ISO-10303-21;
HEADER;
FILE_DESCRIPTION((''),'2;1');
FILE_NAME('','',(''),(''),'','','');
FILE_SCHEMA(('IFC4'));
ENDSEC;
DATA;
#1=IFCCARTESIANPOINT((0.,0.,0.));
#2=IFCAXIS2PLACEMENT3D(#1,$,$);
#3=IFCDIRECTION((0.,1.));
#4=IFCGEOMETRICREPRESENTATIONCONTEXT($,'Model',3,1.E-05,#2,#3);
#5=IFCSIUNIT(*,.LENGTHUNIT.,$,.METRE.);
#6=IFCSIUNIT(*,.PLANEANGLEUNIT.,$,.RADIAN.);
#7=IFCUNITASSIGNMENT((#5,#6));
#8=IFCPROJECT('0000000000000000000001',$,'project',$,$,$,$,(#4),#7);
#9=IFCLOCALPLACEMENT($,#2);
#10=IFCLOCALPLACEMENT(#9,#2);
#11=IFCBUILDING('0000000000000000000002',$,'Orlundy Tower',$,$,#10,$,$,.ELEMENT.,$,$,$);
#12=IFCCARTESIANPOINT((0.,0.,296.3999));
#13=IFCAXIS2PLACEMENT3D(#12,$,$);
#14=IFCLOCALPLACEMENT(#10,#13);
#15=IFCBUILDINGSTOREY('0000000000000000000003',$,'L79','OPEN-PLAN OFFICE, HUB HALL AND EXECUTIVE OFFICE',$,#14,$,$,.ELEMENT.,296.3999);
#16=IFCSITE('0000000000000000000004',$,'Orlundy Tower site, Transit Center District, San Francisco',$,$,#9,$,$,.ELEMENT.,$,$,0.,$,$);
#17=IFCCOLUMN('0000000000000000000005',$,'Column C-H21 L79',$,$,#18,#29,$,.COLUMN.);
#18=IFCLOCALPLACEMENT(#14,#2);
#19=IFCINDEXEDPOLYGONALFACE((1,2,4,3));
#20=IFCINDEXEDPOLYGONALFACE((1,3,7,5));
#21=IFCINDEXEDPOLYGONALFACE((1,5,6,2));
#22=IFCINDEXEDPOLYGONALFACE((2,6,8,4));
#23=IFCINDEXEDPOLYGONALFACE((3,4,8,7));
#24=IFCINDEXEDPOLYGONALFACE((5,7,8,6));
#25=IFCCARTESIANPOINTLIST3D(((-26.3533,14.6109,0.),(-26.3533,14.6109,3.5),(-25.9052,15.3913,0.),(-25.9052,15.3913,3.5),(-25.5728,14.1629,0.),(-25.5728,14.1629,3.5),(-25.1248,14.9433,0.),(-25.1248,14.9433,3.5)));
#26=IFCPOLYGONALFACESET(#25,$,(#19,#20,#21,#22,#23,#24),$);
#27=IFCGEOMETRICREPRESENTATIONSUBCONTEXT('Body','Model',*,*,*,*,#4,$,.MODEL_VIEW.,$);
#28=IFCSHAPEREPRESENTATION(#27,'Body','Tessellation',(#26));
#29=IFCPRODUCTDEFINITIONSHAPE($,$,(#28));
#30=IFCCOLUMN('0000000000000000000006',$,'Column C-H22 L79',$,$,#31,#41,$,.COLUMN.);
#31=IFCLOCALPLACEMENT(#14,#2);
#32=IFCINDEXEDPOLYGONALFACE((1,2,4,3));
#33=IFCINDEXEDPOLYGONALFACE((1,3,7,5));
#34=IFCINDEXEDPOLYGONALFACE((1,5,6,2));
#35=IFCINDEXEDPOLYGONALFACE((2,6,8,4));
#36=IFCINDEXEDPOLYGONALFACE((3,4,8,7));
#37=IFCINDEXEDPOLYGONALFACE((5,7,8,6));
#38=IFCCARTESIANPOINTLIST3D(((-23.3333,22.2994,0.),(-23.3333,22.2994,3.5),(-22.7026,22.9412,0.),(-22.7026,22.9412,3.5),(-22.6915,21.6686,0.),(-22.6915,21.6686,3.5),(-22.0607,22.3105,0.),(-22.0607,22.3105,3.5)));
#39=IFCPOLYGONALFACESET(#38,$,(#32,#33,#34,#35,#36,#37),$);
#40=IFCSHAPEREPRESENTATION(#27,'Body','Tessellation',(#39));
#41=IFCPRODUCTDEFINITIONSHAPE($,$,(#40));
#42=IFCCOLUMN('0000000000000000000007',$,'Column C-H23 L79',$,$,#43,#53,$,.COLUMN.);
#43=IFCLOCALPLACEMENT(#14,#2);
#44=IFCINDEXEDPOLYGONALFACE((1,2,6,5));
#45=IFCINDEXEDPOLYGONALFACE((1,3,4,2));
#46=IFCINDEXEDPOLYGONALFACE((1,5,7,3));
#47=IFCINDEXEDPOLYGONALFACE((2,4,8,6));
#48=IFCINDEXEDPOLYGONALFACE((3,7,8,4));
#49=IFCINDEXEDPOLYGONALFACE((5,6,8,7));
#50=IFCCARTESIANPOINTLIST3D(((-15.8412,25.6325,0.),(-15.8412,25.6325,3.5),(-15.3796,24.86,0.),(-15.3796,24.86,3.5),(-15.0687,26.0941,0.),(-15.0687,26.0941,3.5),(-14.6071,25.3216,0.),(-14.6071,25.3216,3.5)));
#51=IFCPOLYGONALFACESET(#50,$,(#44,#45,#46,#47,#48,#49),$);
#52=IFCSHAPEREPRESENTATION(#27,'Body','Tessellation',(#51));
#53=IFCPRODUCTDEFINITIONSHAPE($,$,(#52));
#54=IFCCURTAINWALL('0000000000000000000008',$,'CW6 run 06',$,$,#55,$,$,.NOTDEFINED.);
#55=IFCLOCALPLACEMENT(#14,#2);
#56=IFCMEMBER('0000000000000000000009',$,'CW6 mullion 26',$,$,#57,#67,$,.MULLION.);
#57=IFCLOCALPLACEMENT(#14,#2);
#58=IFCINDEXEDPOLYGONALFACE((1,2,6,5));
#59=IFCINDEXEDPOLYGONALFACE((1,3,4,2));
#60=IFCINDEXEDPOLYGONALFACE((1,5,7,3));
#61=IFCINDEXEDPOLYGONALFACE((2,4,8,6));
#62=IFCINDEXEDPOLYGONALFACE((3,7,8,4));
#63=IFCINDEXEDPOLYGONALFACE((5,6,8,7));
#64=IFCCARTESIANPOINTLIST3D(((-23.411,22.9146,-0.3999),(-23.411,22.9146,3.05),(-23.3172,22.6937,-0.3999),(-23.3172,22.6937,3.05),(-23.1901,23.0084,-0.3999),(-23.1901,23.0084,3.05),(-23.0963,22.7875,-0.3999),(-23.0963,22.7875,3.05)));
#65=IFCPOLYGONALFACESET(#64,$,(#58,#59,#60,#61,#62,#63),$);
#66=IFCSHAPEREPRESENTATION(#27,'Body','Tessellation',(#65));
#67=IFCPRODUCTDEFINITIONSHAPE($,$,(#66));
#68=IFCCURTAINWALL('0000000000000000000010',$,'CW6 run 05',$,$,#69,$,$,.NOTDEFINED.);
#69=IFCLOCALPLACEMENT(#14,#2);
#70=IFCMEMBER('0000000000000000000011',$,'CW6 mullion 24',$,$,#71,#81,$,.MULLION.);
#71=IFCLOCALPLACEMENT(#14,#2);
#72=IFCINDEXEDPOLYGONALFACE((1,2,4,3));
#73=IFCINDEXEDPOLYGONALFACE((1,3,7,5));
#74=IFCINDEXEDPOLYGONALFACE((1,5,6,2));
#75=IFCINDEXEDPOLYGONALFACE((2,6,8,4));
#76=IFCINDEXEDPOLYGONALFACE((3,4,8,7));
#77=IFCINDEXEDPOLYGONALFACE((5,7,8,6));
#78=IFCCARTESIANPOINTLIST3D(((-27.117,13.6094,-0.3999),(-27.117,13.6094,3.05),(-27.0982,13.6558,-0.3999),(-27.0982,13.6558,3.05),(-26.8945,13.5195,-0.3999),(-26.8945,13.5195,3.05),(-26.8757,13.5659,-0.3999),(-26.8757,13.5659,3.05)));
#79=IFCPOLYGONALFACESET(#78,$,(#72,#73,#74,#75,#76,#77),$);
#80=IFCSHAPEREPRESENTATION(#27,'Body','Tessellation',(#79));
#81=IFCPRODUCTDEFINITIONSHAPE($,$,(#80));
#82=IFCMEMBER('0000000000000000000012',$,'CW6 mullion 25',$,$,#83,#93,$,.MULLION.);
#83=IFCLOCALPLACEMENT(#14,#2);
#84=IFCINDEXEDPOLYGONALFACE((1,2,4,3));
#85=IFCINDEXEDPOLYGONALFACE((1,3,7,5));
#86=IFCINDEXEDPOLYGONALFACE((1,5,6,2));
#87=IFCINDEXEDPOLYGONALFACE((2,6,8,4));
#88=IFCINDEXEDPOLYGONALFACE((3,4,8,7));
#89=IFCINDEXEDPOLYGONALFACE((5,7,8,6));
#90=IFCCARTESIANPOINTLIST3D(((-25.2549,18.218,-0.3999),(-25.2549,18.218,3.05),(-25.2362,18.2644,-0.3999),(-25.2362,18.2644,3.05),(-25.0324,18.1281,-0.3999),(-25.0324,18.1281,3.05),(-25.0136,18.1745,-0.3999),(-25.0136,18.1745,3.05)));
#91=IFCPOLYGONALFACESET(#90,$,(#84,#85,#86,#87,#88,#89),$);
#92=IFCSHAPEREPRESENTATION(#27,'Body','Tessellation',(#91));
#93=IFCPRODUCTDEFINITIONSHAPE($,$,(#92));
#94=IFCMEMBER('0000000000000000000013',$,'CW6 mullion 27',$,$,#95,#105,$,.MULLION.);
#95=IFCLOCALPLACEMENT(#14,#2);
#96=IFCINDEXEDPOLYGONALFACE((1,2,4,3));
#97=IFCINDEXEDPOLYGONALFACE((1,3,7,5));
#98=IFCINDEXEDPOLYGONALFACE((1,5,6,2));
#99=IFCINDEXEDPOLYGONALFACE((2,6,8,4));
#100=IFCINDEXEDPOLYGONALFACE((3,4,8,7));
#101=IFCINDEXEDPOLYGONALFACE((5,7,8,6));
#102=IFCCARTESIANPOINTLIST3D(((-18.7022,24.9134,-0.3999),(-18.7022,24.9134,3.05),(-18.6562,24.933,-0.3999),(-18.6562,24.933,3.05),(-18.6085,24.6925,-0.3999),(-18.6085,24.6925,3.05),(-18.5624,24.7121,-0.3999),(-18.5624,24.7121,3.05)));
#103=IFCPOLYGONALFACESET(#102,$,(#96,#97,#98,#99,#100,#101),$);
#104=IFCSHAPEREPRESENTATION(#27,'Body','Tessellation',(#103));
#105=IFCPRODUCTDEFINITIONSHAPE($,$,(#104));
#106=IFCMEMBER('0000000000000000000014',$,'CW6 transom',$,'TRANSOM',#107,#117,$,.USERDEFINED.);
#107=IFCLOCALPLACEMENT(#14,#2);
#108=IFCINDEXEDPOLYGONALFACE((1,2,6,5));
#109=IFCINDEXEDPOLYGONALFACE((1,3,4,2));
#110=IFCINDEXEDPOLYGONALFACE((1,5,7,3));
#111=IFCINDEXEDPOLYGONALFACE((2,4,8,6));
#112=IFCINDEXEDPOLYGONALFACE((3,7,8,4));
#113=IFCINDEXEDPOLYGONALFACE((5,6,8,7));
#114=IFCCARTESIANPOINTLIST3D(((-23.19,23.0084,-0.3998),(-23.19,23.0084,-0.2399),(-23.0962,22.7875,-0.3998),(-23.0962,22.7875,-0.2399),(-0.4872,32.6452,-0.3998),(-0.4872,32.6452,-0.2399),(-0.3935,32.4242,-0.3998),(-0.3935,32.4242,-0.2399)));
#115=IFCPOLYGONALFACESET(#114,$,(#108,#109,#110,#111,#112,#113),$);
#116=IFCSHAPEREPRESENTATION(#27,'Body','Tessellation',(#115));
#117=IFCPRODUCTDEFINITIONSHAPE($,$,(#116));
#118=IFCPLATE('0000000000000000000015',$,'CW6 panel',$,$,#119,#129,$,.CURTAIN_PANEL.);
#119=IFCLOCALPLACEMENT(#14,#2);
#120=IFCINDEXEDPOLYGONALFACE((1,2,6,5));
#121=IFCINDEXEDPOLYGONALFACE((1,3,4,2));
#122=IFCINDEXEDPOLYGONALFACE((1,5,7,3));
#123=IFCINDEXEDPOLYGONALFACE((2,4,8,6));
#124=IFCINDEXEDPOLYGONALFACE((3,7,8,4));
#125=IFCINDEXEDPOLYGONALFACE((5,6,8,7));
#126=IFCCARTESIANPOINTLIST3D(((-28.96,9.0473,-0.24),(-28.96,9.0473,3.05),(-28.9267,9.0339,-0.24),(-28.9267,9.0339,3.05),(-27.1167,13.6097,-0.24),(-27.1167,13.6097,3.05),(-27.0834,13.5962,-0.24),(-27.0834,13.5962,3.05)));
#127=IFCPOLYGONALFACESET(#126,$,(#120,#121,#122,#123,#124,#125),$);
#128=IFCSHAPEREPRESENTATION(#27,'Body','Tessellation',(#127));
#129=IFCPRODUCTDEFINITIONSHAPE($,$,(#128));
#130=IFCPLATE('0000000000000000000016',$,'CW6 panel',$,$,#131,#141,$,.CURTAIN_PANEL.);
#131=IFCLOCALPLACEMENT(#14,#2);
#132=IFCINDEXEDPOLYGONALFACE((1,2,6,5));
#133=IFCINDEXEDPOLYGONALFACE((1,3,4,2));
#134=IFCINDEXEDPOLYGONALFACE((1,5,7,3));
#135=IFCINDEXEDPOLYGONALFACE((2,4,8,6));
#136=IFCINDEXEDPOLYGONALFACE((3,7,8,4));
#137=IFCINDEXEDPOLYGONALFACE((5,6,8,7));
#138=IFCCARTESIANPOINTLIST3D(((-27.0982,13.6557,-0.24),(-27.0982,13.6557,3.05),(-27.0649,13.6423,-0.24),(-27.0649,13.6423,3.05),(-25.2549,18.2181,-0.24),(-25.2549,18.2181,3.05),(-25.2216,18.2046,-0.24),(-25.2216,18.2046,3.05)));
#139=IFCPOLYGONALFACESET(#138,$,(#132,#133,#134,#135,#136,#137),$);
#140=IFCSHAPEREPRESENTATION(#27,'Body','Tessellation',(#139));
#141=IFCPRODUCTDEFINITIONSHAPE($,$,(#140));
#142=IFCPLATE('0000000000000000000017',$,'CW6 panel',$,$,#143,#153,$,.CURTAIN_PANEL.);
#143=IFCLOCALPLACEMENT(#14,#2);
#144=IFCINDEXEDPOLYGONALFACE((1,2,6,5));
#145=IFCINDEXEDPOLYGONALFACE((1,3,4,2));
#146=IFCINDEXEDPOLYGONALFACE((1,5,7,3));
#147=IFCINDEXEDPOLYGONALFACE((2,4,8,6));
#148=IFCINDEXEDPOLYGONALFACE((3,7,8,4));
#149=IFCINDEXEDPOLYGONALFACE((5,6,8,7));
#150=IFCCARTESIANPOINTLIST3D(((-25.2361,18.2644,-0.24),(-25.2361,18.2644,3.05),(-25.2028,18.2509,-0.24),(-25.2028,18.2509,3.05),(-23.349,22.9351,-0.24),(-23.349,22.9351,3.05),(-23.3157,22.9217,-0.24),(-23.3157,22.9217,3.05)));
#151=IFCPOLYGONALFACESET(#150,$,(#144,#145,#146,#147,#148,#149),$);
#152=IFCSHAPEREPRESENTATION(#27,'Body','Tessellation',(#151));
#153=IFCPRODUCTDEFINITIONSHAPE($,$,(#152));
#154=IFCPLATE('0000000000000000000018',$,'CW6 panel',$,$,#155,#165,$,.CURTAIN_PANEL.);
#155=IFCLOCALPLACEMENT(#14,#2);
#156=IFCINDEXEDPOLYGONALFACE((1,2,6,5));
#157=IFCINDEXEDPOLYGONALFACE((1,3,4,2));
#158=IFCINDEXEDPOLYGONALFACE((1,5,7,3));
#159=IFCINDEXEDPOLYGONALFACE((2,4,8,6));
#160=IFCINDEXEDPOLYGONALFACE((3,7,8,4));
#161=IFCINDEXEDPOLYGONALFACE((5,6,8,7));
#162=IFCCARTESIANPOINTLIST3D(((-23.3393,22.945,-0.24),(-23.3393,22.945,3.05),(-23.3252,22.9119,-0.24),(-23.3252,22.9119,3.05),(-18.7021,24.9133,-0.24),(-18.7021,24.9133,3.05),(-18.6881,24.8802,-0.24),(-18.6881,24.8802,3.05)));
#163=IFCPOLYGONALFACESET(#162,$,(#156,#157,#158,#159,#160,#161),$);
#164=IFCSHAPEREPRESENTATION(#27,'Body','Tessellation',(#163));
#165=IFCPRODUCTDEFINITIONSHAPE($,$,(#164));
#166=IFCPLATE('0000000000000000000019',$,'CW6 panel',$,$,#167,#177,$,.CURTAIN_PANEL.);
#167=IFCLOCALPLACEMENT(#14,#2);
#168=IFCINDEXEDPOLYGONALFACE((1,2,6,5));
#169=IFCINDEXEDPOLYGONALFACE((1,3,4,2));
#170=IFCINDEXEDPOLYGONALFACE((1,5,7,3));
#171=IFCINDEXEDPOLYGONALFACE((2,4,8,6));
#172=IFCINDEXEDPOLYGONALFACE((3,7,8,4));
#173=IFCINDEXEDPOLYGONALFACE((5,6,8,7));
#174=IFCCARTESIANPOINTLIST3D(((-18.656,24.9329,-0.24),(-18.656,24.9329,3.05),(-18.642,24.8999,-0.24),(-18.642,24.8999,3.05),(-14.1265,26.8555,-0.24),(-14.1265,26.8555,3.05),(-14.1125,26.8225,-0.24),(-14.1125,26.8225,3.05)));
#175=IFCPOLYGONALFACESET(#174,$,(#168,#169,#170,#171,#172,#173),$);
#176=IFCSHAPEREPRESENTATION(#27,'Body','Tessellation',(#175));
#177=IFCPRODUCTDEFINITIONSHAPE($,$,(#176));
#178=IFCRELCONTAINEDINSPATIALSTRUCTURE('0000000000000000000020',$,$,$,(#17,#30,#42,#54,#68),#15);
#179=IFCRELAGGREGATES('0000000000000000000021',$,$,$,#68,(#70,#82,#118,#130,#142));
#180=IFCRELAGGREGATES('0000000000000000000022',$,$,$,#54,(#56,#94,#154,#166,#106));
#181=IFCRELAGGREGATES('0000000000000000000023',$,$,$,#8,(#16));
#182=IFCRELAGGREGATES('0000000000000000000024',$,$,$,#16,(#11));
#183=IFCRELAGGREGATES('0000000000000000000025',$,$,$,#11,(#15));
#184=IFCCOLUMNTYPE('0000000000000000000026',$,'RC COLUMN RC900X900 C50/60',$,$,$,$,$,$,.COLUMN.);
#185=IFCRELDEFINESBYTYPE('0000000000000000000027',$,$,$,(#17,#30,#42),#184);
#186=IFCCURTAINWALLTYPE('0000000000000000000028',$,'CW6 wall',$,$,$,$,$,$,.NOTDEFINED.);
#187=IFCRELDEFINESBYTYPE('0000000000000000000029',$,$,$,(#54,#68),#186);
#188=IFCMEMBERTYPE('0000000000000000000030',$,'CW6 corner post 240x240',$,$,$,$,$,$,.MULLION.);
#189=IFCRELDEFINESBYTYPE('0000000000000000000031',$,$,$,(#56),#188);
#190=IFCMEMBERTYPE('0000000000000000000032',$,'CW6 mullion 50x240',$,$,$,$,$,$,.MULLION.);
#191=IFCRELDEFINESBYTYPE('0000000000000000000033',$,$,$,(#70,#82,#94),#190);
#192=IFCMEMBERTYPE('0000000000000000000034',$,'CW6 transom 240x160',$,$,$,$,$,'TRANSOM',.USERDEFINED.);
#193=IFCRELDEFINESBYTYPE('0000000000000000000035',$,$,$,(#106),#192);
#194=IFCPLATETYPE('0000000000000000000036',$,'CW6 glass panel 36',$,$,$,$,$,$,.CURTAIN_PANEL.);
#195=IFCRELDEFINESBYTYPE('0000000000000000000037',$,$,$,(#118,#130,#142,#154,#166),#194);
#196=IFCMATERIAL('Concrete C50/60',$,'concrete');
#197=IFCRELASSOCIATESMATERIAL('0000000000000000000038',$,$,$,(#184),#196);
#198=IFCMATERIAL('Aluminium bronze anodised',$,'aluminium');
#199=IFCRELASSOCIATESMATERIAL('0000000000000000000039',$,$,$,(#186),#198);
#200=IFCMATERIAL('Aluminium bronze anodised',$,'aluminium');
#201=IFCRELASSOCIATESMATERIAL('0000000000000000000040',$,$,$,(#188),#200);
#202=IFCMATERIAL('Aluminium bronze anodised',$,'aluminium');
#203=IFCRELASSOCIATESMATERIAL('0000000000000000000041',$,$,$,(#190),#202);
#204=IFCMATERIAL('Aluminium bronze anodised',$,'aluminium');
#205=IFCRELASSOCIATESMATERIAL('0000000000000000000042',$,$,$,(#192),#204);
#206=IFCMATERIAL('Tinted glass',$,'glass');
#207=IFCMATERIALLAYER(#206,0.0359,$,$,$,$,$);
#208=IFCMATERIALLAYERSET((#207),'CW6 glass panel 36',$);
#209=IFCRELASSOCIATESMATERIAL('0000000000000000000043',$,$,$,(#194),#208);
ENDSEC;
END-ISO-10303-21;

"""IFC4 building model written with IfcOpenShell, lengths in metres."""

from ifc_helpers import new_model, si_unit, direction, frame, origin, origin_2d, place, context, subcontext, project, spatial, rectangle, extrude, material, layer, layer_set, material_profile, profile_set, type_object, element, aggregate, save


model = new_model("IFC4")

# Units and contexts
model_context = context("Model", 3, precision=1e-05, world=origin(), true_north=direction((0.0, 1.0)))
body_context = subcontext(model_context, "Body", "Model", "MODEL_VIEW")
ifc_project = project(units=[si_unit("LENGTHUNIT", "METRE"), si_unit("PLANEANGLEUNIT", "RADIAN")], contexts=[model_context])

# Site, building, storey
site_placement = place(None, origin())
site = spatial("IfcSite", under=ifc_project, at=site_placement, Name="Orlundy Tower site, Transit Center District, San Francisco", CompositionType="ELEMENT", RefElevation=0.0)
building_placement = place(site_placement, origin())
building = spatial("IfcBuilding", under=site, at=building_placement, Name="Orlundy Tower", CompositionType="ELEMENT")
storey_placement = place(building_placement, frame((0.0, 0.0, 296.3999)))
storey = spatial("IfcBuildingStorey", under=building, at=storey_placement, Name="L79", Description="OPEN-PLAN OFFICE, HUB HALL AND EXECUTIVE OFFICE", CompositionType="ELEMENT", Elevation=296.3999)

# Columns
ifc_material_1 = material(Name="Concrete C50/60", Category="concrete")
ifc_material_profile_1 = material_profile(ifc_material_1, rectangle(XDim=0.8999, YDim=0.8999, at=origin_2d()), Name="RC900X900")
ifc_profile_set_1 = profile_set([ifc_material_profile_1], Name="Concrete C50/60")
column_type = type_object("IfcColumnType", Name="RC COLUMN RC900X900 C50/60", PredefinedType="COLUMN", material=ifc_profile_set_1)
for number, where, z_axis, x_axis, name in (
    (1, (-25.739, 14.7771, 0.0), (0.0, 0.0, 1.0), (-0.867236, 0.497898, 0.0), "Column C-H21 L79"),
    (2, (-22.697, 22.3049, 0.0), (0.0, 0.0, 1.0), (-0.713238, 0.700922, 0.0), "Column C-H22 L79"),
    (3, (-15.2241, 25.4771, 0.0), (0.0, 0.0, 1.0), (-0.512957, 0.858414, 0.0), "Column C-H23 L79"),
):
    element("IfcColumn", number, at=place(storey_placement, frame(where, z_axis=z_axis, x_axis=x_axis)), inside=storey, type_object=column_type, Name=name, PredefinedType="COLUMN", context=body_context, shape_type="SweptSolid", body=[
        extrude(rectangle(XDim=0.8999, YDim=0.8999, at=origin_2d()), origin(), (0.0, 0.0, 1.0), 3.5),
    ])

# Curtain wall, member
ifc_material_2 = material(Name="Aluminium bronze anodised", Category="aluminium")
curtain_wall_type = type_object("IfcCurtainWallType", Name="CW6 wall", PredefinedType="NOTDEFINED", material=ifc_material_2)
curtain_wall_1_placement = place(storey_placement, origin())
curtain_wall_1 = element("IfcCurtainWall", 4, at=curtain_wall_1_placement, inside=storey, type_object=curtain_wall_type, Name="CW6 run 06", PredefinedType="NOTDEFINED")
ifc_material_3 = material(Name="Aluminium bronze anodised", Category="aluminium")
ifc_material_profile_2 = material_profile(ifc_material_3, rectangle(XDim=0.24, YDim=0.24, at=origin_2d()), Name="CW6 corner post 240x240")
ifc_profile_set_2 = profile_set([ifc_material_profile_2], Name="Aluminium bronze anodised")
member_type_1 = type_object("IfcMemberType", Name="CW6 corner post 240x240", PredefinedType="MULLION", material=ifc_profile_set_2)
member_1_placement = place(storey_placement, frame((-23.2537, 22.8511, -0.3999), z_axis=(0.0, 0.0, 1.0), x_axis=(-0.390727, 0.920507, 0.0)))
member_1 = element("IfcMember", 5, at=member_1_placement, type_object=member_type_1, Name="CW6 mullion 26", PredefinedType="MULLION", context=body_context, shape_type="SweptSolid", body=[
    extrude(rectangle(XDim=0.24, YDim=0.24, at=origin_2d()), origin(), (0.0, 0.0, 1.0), 3.45),
])

# Curtain wall, members
curtain_wall_2_placement = place(storey_placement, origin())
curtain_wall_2 = element("IfcCurtainWall", 6, at=curtain_wall_2_placement, inside=storey, type_object=curtain_wall_type, Name="CW6 run 05", PredefinedType="NOTDEFINED")
ifc_material_4 = material(Name="Aluminium bronze anodised", Category="aluminium")
ifc_material_profile_3 = material_profile(ifc_material_4, rectangle(XDim=0.24, YDim=0.05, at=origin_2d()), Name="CW6 mullion 50x240")
ifc_profile_set_3 = profile_set([ifc_material_profile_3], Name="Aluminium bronze anodised")
member_type_2 = type_object("IfcMemberType", Name="CW6 mullion 50x240", PredefinedType="MULLION", material=ifc_profile_set_3)
member_2_placement = place(storey_placement, frame((-26.9963, 13.5876, -0.3999), z_axis=(0.0, 0.0, 1.0), x_axis=(-0.927184, 0.374607, 0.0)))
member_2 = element("IfcMember", 7, at=member_2_placement, type_object=member_type_2, Name="CW6 mullion 24", PredefinedType="MULLION", context=body_context, shape_type="SweptSolid", body=[
    extrude(rectangle(XDim=0.24, YDim=0.05, at=origin_2d()), origin(), (0.0, 0.0, 1.0), 3.45),
])
member_3_placement = place(storey_placement, frame((-25.1343, 18.1963, -0.3999), z_axis=(0.0, 0.0, 1.0), x_axis=(-0.927184, 0.374607, 0.0)))
member_3 = element("IfcMember", 8, at=member_3_placement, type_object=member_type_2, Name="CW6 mullion 25", PredefinedType="MULLION", context=body_context, shape_type="SweptSolid", body=[
    extrude(rectangle(XDim=0.24, YDim=0.05, at=origin_2d()), origin(), (0.0, 0.0, 1.0), 3.45),
])

# Members
member_4_placement = place(storey_placement, frame((-18.6323, 24.8127, -0.3999), z_axis=(0.0, 0.0, 1.0), x_axis=(-0.390727, 0.920507, 0.0)))
member_4 = element("IfcMember", 9, at=member_4_placement, type_object=member_type_2, Name="CW6 mullion 27", PredefinedType="MULLION", context=body_context, shape_type="SweptSolid", body=[
    extrude(rectangle(XDim=0.24, YDim=0.05, at=origin_2d()), origin(), (0.0, 0.0, 1.0), 3.45),
])
ifc_material_5 = material(Name="Aluminium bronze anodised", Category="aluminium")
ifc_material_profile_4 = material_profile(ifc_material_5, rectangle(XDim=0.24, YDim=0.1599, at=origin_2d()), Name="CW6 transom 240x160")
ifc_profile_set_4 = profile_set([ifc_material_profile_4], Name="Aluminium bronze anodised")
member_type_3 = type_object("IfcMemberType", Name="CW6 transom 240x160", ElementType="TRANSOM", PredefinedType="USERDEFINED", material=ifc_profile_set_4)
member_5_placement = place(storey_placement, frame((-23.1431, 22.8979, -0.3198), z_axis=(0.920505, 0.390732, 0.0), x_axis=(-0.390732, 0.920505, 0.0)))
member_5 = element("IfcMember", 10, at=member_5_placement, type_object=member_type_3, Name="CW6 transom", ObjectType="TRANSOM", PredefinedType="USERDEFINED", context=body_context, shape_type="SweptSolid", body=[
    extrude(rectangle(XDim=0.24, YDim=0.1599, at=origin_2d()), origin(), (0.0, 0.0, 1.0), 24.6633),
])

# Plates
ifc_material_6 = material(Name="Tinted glass", Category="glass")
ifc_layer_1 = layer(ifc_material_6, 0.0359)
ifc_layer_set_1 = layer_set([ifc_layer_1], Name="CW6 glass panel 36")
plate_type = type_object("IfcPlateType", Name="CW6 glass panel 36", PredefinedType="CURTAIN_PANEL", material=ifc_layer_set_1)
plate_1_placement = place(storey_placement, frame((-28.0217, 11.3218, -0.24), z_axis=(0.0, 0.0, 1.0), x_axis=(0.374607, 0.927184, 0.0)))
plate_1 = element("IfcPlate", 11, at=plate_1_placement, type_object=plate_type, Name="CW6 panel", PredefinedType="CURTAIN_PANEL", context=body_context, shape_type="SweptSolid", body=[
    extrude(rectangle(XDim=4.9207, YDim=0.0359, at=origin_2d()), origin(), (0.0, 0.0, 1.0), 3.29),
])
plate_2_placement = place(storey_placement, frame((-26.1599, 15.9302, -0.24), z_axis=(0.0, 0.0, 1.0), x_axis=(0.374607, 0.927184, 0.0)))
plate_2 = element("IfcPlate", 12, at=plate_2_placement, type_object=plate_type, Name="CW6 panel", PredefinedType="CURTAIN_PANEL", context=body_context, shape_type="SweptSolid", body=[
    extrude(rectangle(XDim=4.9207, YDim=0.0359, at=origin_2d()), origin(), (0.0, 0.0, 1.0), 3.29),
])
plate_3_placement = place(storey_placement, frame((-24.2759, 20.593, -0.24), z_axis=(0.0, 0.0, 1.0), x_axis=(0.374607, 0.927184, 0.0)))
plate_3 = element("IfcPlate", 13, at=plate_3_placement, type_object=plate_type, Name="CW6 panel", PredefinedType="CURTAIN_PANEL", context=body_context, shape_type="SweptSolid", body=[
    extrude(rectangle(XDim=5.0376, YDim=0.0359, at=origin_2d()), origin(), (0.0, 0.0, 1.0), 3.29),
])
aggregate(curtain_wall_2, [member_2, member_3, plate_1, plate_2, plate_3])
plate_4_placement = place(storey_placement, frame((-21.0137, 23.9126, -0.24), z_axis=(0.0, 0.0, 1.0), x_axis=(0.920507, 0.390727, 0.0)))
plate_4 = element("IfcPlate", 14, at=plate_4_placement, type_object=plate_type, Name="CW6 panel", PredefinedType="CURTAIN_PANEL", context=body_context, shape_type="SweptSolid", body=[
    extrude(rectangle(XDim=5.0376, YDim=0.0359, at=origin_2d()), origin(), (0.0, 0.0, 1.0), 3.29),
])
plate_5_placement = place(storey_placement, frame((-16.3843, 25.8777, -0.24), z_axis=(0.0, 0.0, 1.0), x_axis=(0.920507, 0.390727, 0.0)))
plate_5 = element("IfcPlate", 15, at=plate_5_placement, type_object=plate_type, Name="CW6 panel", PredefinedType="CURTAIN_PANEL", context=body_context, shape_type="SweptSolid", body=[
    extrude(rectangle(XDim=4.9207, YDim=0.0359, at=origin_2d()), origin(), (0.0, 0.0, 1.0), 3.29),
])
aggregate(curtain_wall_1, [member_1, member_4, plate_4, plate_5, member_5])

save(model, "model.ifc")
